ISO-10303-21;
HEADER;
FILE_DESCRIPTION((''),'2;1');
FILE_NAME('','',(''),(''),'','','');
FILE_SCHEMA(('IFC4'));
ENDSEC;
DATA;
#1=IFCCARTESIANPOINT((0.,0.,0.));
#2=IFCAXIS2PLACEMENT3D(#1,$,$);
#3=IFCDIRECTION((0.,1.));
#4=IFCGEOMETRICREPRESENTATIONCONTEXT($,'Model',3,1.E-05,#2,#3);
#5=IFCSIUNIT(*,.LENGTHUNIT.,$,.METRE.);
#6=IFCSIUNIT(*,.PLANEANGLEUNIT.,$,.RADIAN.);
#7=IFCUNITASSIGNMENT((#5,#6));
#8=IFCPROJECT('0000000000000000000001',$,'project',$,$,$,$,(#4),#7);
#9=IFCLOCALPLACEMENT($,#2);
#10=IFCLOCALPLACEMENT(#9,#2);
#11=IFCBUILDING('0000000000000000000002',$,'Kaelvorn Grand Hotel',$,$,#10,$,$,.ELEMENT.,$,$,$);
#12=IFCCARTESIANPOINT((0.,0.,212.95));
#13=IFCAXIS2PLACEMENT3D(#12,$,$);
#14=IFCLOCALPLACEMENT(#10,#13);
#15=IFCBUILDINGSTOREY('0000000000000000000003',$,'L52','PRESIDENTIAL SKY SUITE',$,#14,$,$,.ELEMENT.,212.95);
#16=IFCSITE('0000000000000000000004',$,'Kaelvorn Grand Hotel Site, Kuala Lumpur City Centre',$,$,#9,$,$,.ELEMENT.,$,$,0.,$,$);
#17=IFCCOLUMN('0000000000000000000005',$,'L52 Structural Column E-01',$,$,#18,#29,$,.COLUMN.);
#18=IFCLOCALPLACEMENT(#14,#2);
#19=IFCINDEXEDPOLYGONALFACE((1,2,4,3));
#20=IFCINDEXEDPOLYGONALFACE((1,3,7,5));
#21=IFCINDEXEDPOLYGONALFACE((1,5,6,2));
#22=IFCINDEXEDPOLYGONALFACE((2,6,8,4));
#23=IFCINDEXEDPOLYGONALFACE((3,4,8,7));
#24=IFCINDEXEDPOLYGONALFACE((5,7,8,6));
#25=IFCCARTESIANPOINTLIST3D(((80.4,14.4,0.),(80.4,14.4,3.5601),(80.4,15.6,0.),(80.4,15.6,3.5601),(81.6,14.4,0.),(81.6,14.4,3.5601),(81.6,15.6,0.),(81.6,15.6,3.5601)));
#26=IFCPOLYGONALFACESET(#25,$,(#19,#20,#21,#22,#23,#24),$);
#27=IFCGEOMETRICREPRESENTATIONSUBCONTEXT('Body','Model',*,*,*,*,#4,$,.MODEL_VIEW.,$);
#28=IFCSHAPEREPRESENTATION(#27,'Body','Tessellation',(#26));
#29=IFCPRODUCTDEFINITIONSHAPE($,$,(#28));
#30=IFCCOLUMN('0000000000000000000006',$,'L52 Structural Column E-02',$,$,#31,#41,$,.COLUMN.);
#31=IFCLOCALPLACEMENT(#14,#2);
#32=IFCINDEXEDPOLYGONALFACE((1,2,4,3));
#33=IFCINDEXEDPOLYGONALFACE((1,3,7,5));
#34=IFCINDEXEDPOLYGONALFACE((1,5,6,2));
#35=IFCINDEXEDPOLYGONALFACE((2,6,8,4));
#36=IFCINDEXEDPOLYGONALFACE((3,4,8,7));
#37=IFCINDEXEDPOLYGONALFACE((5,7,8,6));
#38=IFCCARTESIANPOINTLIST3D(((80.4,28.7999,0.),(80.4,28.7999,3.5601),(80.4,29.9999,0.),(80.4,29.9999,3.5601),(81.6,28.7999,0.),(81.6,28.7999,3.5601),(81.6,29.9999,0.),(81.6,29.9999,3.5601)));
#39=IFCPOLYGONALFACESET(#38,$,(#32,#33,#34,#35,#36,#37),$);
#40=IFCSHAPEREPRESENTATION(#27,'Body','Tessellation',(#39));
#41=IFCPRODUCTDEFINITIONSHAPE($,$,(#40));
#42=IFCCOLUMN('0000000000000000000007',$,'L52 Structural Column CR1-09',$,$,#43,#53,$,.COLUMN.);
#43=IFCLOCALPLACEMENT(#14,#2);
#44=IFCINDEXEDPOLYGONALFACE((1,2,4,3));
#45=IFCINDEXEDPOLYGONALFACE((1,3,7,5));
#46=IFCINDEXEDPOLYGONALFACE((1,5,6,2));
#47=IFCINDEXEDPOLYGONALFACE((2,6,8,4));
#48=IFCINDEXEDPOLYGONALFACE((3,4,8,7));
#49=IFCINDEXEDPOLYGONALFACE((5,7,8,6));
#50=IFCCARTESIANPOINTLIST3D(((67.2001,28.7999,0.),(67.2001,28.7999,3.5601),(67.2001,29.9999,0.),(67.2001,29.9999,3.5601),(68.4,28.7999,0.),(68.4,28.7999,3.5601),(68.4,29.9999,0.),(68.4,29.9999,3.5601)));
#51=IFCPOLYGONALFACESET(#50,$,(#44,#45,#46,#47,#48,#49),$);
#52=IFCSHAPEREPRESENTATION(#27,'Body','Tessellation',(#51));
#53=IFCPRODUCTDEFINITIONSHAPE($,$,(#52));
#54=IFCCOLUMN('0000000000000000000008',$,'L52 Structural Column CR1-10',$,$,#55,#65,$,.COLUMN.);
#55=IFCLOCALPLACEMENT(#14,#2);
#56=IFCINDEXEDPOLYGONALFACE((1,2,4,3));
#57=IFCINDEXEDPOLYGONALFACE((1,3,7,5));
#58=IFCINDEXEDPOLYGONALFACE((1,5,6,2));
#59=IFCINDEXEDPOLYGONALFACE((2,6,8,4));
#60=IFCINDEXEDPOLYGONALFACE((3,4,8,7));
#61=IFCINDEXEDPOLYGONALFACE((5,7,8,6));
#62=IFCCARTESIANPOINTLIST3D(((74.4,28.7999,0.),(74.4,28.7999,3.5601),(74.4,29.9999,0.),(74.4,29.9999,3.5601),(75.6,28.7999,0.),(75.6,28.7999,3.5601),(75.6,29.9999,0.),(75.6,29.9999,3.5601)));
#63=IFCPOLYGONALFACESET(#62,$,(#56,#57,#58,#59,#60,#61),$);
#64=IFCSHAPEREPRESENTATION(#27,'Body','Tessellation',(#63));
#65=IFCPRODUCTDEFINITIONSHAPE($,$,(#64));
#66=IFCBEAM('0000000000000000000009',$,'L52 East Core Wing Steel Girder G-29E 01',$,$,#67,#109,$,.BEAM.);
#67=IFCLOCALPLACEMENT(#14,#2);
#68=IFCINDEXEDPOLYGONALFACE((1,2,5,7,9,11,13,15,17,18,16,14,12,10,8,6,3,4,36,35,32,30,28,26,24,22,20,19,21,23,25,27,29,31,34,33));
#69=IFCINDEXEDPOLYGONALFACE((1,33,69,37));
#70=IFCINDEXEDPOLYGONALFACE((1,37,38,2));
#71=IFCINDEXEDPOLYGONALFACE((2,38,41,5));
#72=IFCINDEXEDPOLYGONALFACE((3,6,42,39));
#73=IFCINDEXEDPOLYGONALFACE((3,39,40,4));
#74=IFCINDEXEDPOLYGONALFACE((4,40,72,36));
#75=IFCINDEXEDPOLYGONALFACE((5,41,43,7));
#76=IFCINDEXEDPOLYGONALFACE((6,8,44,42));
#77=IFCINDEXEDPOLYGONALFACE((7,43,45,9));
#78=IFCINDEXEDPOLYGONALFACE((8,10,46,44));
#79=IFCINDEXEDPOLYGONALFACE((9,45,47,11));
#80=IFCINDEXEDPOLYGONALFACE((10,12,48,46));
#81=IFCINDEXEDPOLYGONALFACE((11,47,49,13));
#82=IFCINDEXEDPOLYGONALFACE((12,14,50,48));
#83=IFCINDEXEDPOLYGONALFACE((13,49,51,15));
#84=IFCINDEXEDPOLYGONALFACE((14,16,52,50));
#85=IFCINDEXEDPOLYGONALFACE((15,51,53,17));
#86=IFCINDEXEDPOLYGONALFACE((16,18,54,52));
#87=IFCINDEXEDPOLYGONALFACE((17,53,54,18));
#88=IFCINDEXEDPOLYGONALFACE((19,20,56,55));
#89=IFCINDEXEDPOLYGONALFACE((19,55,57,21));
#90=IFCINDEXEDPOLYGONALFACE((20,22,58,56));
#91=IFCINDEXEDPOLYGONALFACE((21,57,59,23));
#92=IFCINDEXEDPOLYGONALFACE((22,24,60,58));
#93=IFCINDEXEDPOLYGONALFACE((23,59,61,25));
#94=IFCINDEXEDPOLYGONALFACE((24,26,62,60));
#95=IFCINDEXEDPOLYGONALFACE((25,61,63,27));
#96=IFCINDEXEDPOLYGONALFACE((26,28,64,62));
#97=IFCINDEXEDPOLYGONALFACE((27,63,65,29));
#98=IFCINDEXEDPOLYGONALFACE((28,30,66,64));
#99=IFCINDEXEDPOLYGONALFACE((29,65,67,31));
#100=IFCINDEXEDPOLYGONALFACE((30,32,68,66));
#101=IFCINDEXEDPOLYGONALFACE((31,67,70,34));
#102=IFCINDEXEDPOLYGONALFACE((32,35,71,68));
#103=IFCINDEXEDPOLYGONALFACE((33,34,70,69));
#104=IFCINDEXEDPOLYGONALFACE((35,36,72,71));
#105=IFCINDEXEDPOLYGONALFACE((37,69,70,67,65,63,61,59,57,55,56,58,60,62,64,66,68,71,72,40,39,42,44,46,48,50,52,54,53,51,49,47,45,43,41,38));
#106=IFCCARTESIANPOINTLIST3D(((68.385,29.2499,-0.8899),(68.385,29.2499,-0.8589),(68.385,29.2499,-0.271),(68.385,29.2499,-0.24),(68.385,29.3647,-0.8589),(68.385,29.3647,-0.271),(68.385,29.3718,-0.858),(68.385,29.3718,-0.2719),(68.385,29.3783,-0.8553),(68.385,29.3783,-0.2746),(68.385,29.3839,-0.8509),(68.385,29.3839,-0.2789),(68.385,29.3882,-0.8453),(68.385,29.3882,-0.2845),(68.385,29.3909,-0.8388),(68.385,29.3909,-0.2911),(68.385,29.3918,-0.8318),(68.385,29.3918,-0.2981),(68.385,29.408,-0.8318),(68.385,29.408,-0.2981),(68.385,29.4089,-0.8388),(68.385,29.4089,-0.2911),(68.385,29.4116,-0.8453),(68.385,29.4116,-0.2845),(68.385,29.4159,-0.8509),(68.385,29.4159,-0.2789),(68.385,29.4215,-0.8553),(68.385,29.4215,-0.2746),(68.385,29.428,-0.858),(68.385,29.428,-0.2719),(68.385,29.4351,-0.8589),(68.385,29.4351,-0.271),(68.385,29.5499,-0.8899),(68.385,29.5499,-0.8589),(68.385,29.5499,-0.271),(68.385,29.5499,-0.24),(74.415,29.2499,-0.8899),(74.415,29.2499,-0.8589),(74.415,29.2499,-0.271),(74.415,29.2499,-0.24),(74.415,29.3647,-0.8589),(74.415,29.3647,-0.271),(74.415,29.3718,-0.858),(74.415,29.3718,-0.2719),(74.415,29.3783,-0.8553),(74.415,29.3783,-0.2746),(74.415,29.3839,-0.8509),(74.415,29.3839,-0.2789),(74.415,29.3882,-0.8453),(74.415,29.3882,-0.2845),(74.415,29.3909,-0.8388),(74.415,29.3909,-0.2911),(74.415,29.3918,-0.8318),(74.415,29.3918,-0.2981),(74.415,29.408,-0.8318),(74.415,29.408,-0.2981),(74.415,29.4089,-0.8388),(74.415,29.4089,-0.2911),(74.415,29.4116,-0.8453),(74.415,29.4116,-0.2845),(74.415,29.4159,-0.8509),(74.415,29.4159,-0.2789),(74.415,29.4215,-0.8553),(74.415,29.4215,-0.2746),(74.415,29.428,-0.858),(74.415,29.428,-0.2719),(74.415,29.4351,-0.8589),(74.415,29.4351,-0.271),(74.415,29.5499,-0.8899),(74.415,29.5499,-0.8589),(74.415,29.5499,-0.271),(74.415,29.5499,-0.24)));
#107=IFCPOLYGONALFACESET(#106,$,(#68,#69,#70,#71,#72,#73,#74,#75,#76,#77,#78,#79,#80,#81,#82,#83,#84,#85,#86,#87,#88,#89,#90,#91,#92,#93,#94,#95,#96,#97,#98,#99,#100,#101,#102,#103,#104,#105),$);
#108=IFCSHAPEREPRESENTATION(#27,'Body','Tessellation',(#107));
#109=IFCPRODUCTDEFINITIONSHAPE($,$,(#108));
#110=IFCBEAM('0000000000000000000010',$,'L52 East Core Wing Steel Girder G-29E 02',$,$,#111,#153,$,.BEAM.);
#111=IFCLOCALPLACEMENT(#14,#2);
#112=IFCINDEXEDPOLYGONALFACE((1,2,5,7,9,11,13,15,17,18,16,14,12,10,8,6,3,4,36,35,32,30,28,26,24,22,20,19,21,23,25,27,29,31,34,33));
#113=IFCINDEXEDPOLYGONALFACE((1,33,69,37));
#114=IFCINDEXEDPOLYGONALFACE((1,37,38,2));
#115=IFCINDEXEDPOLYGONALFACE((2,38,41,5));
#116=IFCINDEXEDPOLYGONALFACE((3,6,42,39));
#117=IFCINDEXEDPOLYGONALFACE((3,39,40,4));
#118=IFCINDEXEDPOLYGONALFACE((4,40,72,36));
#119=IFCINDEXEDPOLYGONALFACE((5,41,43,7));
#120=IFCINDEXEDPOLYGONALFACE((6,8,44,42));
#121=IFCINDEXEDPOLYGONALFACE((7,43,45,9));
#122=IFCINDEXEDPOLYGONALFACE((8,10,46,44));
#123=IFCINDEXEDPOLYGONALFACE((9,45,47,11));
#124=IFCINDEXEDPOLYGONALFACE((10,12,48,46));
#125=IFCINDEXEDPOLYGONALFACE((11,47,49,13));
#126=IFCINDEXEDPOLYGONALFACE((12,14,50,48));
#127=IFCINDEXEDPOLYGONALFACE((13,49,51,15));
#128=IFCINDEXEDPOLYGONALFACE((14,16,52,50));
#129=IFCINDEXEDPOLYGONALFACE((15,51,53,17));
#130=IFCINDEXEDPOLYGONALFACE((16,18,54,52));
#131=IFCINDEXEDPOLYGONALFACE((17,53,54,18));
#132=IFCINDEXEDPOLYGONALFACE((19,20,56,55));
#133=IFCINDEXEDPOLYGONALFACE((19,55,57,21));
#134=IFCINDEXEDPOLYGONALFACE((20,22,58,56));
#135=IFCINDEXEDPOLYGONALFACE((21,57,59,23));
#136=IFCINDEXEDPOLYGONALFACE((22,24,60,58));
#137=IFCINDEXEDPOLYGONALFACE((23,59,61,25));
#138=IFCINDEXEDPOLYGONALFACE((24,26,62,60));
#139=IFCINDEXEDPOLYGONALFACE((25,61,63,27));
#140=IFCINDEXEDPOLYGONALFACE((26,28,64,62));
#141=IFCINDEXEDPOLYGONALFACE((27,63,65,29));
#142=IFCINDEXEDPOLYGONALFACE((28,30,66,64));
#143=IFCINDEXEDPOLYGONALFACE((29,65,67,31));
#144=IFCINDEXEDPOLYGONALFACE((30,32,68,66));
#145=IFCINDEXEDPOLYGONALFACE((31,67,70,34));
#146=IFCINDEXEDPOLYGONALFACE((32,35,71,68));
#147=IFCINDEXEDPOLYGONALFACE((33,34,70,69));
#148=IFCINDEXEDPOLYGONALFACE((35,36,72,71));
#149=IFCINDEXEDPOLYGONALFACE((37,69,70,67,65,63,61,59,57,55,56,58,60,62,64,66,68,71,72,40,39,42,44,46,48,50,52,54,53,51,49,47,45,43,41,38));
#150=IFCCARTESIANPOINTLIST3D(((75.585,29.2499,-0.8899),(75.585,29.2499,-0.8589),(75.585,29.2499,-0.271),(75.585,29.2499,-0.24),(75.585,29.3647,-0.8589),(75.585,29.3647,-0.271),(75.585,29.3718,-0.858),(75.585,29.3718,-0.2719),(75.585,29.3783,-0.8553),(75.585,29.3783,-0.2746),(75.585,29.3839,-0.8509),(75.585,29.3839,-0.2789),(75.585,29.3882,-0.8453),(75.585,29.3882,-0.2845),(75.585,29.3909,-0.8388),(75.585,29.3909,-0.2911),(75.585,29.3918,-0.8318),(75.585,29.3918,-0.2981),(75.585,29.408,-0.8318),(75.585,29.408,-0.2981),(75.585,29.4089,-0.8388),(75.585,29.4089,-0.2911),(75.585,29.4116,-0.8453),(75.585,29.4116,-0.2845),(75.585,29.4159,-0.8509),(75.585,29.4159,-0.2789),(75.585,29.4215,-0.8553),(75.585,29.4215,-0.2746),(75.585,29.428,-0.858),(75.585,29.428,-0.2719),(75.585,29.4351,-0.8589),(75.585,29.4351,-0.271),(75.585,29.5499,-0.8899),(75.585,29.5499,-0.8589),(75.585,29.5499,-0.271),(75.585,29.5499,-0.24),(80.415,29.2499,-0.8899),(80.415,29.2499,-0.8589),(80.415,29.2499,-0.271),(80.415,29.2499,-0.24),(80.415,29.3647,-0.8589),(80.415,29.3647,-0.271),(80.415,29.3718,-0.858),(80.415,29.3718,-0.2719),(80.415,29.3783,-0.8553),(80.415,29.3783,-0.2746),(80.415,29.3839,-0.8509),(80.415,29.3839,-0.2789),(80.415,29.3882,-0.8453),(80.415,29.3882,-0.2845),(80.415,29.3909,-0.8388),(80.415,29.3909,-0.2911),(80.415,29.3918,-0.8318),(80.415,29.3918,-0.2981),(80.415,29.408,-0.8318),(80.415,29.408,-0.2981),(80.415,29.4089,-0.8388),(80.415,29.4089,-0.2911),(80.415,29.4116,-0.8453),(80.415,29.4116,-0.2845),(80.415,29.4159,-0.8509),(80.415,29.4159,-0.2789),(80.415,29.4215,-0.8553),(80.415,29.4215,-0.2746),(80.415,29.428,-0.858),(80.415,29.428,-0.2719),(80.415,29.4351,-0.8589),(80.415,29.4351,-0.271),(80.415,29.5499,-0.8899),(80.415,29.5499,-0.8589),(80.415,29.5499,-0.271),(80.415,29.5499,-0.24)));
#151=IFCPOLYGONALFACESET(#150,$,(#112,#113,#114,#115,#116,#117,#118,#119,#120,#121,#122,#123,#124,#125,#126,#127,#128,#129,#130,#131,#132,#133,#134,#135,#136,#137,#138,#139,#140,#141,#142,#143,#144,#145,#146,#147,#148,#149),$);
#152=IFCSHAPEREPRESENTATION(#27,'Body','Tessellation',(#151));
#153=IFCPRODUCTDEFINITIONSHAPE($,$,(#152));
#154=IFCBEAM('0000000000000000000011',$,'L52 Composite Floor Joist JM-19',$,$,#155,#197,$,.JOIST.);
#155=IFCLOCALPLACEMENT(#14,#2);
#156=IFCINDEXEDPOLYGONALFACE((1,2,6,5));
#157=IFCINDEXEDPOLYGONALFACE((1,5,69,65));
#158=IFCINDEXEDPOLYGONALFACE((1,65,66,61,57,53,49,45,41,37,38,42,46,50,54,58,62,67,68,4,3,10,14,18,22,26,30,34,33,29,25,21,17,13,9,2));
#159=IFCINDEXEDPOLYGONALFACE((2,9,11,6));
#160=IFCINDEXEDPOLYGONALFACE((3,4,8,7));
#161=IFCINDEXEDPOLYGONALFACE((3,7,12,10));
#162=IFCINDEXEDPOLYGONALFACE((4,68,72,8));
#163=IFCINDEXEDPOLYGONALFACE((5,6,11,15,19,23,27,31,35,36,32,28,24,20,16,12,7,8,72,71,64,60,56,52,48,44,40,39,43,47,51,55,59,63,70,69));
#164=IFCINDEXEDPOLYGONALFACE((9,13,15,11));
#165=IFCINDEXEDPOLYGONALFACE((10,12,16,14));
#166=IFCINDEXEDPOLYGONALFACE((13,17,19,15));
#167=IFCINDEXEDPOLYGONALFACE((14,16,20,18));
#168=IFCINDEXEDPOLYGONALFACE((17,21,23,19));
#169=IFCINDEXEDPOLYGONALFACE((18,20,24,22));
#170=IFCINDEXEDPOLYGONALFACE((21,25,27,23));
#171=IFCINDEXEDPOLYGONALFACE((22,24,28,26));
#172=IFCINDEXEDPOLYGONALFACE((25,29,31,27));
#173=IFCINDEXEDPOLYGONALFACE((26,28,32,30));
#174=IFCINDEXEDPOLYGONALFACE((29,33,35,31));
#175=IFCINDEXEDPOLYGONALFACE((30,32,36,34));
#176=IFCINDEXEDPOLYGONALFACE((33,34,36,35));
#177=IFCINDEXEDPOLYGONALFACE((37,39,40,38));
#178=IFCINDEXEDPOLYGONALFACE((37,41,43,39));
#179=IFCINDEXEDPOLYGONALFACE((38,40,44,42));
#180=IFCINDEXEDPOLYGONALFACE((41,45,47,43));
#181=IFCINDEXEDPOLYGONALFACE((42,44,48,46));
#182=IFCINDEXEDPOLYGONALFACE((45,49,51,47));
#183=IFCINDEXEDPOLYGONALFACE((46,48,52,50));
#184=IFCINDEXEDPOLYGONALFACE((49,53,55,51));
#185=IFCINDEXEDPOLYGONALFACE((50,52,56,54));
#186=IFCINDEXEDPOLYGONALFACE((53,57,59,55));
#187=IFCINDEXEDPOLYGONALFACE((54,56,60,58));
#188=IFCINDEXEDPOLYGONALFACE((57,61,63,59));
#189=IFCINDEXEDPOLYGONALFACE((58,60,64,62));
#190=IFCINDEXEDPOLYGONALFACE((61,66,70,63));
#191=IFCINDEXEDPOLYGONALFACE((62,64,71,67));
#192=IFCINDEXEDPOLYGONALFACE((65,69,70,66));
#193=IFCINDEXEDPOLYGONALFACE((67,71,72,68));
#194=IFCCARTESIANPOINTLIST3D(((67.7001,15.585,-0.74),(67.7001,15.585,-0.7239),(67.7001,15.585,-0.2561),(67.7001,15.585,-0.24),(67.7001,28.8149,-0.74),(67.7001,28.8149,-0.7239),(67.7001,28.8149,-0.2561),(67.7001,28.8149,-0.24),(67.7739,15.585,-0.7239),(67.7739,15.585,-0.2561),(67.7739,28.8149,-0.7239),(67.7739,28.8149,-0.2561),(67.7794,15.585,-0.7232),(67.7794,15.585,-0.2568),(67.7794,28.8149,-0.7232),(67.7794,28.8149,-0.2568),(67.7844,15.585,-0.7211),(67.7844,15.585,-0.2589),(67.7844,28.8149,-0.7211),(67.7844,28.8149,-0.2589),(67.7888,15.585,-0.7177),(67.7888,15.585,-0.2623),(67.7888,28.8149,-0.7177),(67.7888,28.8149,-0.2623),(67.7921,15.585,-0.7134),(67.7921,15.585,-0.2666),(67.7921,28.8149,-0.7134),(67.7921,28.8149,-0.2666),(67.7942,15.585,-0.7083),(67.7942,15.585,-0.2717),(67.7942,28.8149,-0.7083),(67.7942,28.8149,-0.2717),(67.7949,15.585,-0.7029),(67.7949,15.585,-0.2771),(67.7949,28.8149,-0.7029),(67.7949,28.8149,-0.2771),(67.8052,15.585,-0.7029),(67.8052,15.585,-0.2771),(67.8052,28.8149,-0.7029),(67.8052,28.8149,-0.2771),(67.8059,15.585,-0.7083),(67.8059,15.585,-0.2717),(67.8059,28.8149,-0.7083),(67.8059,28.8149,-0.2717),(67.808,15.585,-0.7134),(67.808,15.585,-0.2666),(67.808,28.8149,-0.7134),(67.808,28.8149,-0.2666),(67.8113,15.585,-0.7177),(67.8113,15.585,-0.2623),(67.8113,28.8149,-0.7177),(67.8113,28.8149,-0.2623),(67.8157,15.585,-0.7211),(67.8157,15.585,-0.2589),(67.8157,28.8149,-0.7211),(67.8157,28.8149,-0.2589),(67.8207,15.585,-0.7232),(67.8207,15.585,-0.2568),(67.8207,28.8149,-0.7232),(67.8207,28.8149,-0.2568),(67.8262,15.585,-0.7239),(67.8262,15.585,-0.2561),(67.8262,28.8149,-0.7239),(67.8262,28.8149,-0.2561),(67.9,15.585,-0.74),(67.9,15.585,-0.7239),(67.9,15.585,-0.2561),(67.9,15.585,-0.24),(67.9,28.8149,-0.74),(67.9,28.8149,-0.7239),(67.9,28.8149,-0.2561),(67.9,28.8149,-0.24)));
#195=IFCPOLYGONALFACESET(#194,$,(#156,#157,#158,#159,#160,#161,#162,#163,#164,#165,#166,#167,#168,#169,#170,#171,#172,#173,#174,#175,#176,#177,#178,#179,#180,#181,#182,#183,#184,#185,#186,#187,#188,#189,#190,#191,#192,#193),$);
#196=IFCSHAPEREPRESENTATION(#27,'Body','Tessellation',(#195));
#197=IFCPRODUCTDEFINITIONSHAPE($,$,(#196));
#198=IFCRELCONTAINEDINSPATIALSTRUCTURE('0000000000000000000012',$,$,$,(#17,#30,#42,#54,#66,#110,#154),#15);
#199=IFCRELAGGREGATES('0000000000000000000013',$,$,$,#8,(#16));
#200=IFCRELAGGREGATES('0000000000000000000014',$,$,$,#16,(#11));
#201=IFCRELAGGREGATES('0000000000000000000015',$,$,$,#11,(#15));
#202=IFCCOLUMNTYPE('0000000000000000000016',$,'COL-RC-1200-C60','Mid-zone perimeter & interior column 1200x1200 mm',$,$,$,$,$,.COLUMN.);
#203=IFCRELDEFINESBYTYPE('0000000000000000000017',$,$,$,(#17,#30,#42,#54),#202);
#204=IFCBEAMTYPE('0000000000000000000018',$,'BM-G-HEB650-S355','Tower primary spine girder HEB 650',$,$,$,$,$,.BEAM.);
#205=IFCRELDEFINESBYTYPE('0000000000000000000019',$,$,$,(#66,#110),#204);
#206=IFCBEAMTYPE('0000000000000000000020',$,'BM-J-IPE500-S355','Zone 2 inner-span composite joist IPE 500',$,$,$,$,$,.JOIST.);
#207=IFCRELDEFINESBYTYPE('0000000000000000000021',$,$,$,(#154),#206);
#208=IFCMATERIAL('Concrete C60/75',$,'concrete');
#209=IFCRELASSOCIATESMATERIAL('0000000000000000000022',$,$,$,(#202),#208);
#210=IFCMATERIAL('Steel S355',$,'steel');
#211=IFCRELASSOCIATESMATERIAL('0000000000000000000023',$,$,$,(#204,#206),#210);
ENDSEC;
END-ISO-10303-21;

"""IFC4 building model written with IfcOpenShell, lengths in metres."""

from ifc_helpers import new_model, si_unit, direction, frame, origin, origin_2d, place, context, subcontext, project, spatial, rectangle, i_section, extrude, material, material_profile, profile_set, type_object, element, save


model = new_model("IFC4")

# Units and contexts
model_context = context("Model", 3, precision=1e-05, world=origin(), true_north=direction((0.0, 1.0)))
body_context = subcontext(model_context, "Body", "Model", "MODEL_VIEW")
ifc_project = project(units=[si_unit("LENGTHUNIT", "METRE"), si_unit("PLANEANGLEUNIT", "RADIAN")], contexts=[model_context])

# Site, building, storey
site_placement = place(None, origin())
site = spatial("IfcSite", under=ifc_project, at=site_placement, Name="Kaelvorn Grand Hotel Site, Kuala Lumpur City Centre", CompositionType="ELEMENT", RefElevation=0.0)
building_placement = place(site_placement, origin())
building = spatial("IfcBuilding", under=site, at=building_placement, Name="Kaelvorn Grand Hotel", CompositionType="ELEMENT")
storey_placement = place(building_placement, frame((0.0, 0.0, 212.95)))
storey = spatial("IfcBuildingStorey", under=building, at=storey_placement, Name="L52", Description="PRESIDENTIAL SKY SUITE", CompositionType="ELEMENT", Elevation=212.95)

# Columns
ifc_material_1 = material(Name="Concrete C60/75", Category="concrete")
ifc_material_profile_1 = material_profile(ifc_material_1, rectangle(XDim=1.2, YDim=1.2, at=origin_2d()), Name="RC COL 1200x1200")
ifc_profile_set_1 = profile_set([ifc_material_profile_1], Name="Concrete C60/75")
column_type = type_object("IfcColumnType", Name="COL-RC-1200-C60", Description="Mid-zone perimeter & interior column 1200x1200 mm", PredefinedType="COLUMN", material=ifc_profile_set_1)
for number, where, z_axis, x_axis, name in (
    (1, (81.0, 15.0, 0.0), (0.0, 0.0, 1.0), (1.0, 0.0, 0.0), "L52 Structural Column E-01"),
    (2, (81.0, 29.3999, 0.0), (0.0, 0.0, 1.0), (1.0, 0.0, 0.0), "L52 Structural Column E-02"),
    (3, (67.8, 29.3999, 0.0), (0.0, 0.0, 1.0), (1.0, 0.0, 0.0), "L52 Structural Column CR1-09"),
    (4, (75.0, 29.3999, 0.0), (0.0, 0.0, 1.0), (1.0, 0.0, 0.0), "L52 Structural Column CR1-10"),
):
    element("IfcColumn", number, at=place(storey_placement, frame(where, z_axis=z_axis, x_axis=x_axis)), inside=storey, type_object=column_type, Name=name, PredefinedType="COLUMN", context=body_context, shape_type="SweptSolid", body=[
        extrude(rectangle(XDim=1.2, YDim=1.2, at=origin_2d()), origin(), (0.0, 0.0, 1.0), 3.5601),
    ])

# Beams
ifc_material_2 = material(Name="Steel S355", Category="steel")
ifc_material_profile_2 = material_profile(ifc_material_2, i_section(OverallWidth=0.3, OverallDepth=0.6499, WebThickness=0.0161, FlangeThickness=0.031, FilletRadius=0.0271, at=origin_2d()), Name="HEB 650")
ifc_profile_set_2 = profile_set([ifc_material_profile_2], Name="Steel S355")
beam_type_1 = type_object("IfcBeamType", Name="BM-G-HEB650-S355", Description="Tower primary spine girder HEB 650", PredefinedType="BEAM", material=ifc_profile_set_2)
beam_1_placement = place(storey_placement, frame((68.385, 29.3999, -0.5649), z_axis=(1.0, 0.0, 0.0), x_axis=(0.0, 1.0, 0.0)))
element("IfcBeam", 5, at=beam_1_placement, inside=storey, type_object=beam_type_1, Name="L52 East Core Wing Steel Girder G-29E 01", PredefinedType="BEAM", context=body_context, shape_type="SweptSolid", body=[
    extrude(i_section(OverallWidth=0.3, OverallDepth=0.6499, WebThickness=0.0161, FlangeThickness=0.031, FilletRadius=0.0271, at=origin_2d()), origin(), (0.0, 0.0, 1.0), 6.03),
])
beam_2_placement = place(storey_placement, frame((75.585, 29.3999, -0.5649), z_axis=(1.0, 0.0, 0.0), x_axis=(0.0, 1.0, 0.0)))
element("IfcBeam", 6, at=beam_2_placement, inside=storey, type_object=beam_type_1, Name="L52 East Core Wing Steel Girder G-29E 02", PredefinedType="BEAM", context=body_context, shape_type="SweptSolid", body=[
    extrude(i_section(OverallWidth=0.3, OverallDepth=0.6499, WebThickness=0.0161, FlangeThickness=0.031, FilletRadius=0.0271, at=origin_2d()), origin(), (0.0, 0.0, 1.0), 4.8301),
])
ifc_material_profile_3 = material_profile(ifc_material_2, i_section(OverallWidth=0.2, OverallDepth=0.5, WebThickness=0.0103, FlangeThickness=0.0161, FilletRadius=0.021, at=origin_2d()), Name="IPE 500")
ifc_profile_set_3 = profile_set([ifc_material_profile_3], Name="Steel S355")
beam_type_2 = type_object("IfcBeamType", Name="BM-J-IPE500-S355", Description="Zone 2 inner-span composite joist IPE 500", PredefinedType="JOIST", material=ifc_profile_set_3)
beam_3_placement = place(storey_placement, frame((67.8, 15.585, -0.49), z_axis=(0.0, 1.0, 0.0), x_axis=(-1.0, 0.0, 0.0)))
element("IfcBeam", 7, at=beam_3_placement, inside=storey, type_object=beam_type_2, Name="L52 Composite Floor Joist JM-19", PredefinedType="JOIST", context=body_context, shape_type="SweptSolid", body=[
    extrude(i_section(OverallWidth=0.2, OverallDepth=0.5, WebThickness=0.0103, FlangeThickness=0.0161, FilletRadius=0.021, at=origin_2d()), origin(), (0.0, 0.0, 1.0), 13.23),
])

save(model, "model.ifc")
